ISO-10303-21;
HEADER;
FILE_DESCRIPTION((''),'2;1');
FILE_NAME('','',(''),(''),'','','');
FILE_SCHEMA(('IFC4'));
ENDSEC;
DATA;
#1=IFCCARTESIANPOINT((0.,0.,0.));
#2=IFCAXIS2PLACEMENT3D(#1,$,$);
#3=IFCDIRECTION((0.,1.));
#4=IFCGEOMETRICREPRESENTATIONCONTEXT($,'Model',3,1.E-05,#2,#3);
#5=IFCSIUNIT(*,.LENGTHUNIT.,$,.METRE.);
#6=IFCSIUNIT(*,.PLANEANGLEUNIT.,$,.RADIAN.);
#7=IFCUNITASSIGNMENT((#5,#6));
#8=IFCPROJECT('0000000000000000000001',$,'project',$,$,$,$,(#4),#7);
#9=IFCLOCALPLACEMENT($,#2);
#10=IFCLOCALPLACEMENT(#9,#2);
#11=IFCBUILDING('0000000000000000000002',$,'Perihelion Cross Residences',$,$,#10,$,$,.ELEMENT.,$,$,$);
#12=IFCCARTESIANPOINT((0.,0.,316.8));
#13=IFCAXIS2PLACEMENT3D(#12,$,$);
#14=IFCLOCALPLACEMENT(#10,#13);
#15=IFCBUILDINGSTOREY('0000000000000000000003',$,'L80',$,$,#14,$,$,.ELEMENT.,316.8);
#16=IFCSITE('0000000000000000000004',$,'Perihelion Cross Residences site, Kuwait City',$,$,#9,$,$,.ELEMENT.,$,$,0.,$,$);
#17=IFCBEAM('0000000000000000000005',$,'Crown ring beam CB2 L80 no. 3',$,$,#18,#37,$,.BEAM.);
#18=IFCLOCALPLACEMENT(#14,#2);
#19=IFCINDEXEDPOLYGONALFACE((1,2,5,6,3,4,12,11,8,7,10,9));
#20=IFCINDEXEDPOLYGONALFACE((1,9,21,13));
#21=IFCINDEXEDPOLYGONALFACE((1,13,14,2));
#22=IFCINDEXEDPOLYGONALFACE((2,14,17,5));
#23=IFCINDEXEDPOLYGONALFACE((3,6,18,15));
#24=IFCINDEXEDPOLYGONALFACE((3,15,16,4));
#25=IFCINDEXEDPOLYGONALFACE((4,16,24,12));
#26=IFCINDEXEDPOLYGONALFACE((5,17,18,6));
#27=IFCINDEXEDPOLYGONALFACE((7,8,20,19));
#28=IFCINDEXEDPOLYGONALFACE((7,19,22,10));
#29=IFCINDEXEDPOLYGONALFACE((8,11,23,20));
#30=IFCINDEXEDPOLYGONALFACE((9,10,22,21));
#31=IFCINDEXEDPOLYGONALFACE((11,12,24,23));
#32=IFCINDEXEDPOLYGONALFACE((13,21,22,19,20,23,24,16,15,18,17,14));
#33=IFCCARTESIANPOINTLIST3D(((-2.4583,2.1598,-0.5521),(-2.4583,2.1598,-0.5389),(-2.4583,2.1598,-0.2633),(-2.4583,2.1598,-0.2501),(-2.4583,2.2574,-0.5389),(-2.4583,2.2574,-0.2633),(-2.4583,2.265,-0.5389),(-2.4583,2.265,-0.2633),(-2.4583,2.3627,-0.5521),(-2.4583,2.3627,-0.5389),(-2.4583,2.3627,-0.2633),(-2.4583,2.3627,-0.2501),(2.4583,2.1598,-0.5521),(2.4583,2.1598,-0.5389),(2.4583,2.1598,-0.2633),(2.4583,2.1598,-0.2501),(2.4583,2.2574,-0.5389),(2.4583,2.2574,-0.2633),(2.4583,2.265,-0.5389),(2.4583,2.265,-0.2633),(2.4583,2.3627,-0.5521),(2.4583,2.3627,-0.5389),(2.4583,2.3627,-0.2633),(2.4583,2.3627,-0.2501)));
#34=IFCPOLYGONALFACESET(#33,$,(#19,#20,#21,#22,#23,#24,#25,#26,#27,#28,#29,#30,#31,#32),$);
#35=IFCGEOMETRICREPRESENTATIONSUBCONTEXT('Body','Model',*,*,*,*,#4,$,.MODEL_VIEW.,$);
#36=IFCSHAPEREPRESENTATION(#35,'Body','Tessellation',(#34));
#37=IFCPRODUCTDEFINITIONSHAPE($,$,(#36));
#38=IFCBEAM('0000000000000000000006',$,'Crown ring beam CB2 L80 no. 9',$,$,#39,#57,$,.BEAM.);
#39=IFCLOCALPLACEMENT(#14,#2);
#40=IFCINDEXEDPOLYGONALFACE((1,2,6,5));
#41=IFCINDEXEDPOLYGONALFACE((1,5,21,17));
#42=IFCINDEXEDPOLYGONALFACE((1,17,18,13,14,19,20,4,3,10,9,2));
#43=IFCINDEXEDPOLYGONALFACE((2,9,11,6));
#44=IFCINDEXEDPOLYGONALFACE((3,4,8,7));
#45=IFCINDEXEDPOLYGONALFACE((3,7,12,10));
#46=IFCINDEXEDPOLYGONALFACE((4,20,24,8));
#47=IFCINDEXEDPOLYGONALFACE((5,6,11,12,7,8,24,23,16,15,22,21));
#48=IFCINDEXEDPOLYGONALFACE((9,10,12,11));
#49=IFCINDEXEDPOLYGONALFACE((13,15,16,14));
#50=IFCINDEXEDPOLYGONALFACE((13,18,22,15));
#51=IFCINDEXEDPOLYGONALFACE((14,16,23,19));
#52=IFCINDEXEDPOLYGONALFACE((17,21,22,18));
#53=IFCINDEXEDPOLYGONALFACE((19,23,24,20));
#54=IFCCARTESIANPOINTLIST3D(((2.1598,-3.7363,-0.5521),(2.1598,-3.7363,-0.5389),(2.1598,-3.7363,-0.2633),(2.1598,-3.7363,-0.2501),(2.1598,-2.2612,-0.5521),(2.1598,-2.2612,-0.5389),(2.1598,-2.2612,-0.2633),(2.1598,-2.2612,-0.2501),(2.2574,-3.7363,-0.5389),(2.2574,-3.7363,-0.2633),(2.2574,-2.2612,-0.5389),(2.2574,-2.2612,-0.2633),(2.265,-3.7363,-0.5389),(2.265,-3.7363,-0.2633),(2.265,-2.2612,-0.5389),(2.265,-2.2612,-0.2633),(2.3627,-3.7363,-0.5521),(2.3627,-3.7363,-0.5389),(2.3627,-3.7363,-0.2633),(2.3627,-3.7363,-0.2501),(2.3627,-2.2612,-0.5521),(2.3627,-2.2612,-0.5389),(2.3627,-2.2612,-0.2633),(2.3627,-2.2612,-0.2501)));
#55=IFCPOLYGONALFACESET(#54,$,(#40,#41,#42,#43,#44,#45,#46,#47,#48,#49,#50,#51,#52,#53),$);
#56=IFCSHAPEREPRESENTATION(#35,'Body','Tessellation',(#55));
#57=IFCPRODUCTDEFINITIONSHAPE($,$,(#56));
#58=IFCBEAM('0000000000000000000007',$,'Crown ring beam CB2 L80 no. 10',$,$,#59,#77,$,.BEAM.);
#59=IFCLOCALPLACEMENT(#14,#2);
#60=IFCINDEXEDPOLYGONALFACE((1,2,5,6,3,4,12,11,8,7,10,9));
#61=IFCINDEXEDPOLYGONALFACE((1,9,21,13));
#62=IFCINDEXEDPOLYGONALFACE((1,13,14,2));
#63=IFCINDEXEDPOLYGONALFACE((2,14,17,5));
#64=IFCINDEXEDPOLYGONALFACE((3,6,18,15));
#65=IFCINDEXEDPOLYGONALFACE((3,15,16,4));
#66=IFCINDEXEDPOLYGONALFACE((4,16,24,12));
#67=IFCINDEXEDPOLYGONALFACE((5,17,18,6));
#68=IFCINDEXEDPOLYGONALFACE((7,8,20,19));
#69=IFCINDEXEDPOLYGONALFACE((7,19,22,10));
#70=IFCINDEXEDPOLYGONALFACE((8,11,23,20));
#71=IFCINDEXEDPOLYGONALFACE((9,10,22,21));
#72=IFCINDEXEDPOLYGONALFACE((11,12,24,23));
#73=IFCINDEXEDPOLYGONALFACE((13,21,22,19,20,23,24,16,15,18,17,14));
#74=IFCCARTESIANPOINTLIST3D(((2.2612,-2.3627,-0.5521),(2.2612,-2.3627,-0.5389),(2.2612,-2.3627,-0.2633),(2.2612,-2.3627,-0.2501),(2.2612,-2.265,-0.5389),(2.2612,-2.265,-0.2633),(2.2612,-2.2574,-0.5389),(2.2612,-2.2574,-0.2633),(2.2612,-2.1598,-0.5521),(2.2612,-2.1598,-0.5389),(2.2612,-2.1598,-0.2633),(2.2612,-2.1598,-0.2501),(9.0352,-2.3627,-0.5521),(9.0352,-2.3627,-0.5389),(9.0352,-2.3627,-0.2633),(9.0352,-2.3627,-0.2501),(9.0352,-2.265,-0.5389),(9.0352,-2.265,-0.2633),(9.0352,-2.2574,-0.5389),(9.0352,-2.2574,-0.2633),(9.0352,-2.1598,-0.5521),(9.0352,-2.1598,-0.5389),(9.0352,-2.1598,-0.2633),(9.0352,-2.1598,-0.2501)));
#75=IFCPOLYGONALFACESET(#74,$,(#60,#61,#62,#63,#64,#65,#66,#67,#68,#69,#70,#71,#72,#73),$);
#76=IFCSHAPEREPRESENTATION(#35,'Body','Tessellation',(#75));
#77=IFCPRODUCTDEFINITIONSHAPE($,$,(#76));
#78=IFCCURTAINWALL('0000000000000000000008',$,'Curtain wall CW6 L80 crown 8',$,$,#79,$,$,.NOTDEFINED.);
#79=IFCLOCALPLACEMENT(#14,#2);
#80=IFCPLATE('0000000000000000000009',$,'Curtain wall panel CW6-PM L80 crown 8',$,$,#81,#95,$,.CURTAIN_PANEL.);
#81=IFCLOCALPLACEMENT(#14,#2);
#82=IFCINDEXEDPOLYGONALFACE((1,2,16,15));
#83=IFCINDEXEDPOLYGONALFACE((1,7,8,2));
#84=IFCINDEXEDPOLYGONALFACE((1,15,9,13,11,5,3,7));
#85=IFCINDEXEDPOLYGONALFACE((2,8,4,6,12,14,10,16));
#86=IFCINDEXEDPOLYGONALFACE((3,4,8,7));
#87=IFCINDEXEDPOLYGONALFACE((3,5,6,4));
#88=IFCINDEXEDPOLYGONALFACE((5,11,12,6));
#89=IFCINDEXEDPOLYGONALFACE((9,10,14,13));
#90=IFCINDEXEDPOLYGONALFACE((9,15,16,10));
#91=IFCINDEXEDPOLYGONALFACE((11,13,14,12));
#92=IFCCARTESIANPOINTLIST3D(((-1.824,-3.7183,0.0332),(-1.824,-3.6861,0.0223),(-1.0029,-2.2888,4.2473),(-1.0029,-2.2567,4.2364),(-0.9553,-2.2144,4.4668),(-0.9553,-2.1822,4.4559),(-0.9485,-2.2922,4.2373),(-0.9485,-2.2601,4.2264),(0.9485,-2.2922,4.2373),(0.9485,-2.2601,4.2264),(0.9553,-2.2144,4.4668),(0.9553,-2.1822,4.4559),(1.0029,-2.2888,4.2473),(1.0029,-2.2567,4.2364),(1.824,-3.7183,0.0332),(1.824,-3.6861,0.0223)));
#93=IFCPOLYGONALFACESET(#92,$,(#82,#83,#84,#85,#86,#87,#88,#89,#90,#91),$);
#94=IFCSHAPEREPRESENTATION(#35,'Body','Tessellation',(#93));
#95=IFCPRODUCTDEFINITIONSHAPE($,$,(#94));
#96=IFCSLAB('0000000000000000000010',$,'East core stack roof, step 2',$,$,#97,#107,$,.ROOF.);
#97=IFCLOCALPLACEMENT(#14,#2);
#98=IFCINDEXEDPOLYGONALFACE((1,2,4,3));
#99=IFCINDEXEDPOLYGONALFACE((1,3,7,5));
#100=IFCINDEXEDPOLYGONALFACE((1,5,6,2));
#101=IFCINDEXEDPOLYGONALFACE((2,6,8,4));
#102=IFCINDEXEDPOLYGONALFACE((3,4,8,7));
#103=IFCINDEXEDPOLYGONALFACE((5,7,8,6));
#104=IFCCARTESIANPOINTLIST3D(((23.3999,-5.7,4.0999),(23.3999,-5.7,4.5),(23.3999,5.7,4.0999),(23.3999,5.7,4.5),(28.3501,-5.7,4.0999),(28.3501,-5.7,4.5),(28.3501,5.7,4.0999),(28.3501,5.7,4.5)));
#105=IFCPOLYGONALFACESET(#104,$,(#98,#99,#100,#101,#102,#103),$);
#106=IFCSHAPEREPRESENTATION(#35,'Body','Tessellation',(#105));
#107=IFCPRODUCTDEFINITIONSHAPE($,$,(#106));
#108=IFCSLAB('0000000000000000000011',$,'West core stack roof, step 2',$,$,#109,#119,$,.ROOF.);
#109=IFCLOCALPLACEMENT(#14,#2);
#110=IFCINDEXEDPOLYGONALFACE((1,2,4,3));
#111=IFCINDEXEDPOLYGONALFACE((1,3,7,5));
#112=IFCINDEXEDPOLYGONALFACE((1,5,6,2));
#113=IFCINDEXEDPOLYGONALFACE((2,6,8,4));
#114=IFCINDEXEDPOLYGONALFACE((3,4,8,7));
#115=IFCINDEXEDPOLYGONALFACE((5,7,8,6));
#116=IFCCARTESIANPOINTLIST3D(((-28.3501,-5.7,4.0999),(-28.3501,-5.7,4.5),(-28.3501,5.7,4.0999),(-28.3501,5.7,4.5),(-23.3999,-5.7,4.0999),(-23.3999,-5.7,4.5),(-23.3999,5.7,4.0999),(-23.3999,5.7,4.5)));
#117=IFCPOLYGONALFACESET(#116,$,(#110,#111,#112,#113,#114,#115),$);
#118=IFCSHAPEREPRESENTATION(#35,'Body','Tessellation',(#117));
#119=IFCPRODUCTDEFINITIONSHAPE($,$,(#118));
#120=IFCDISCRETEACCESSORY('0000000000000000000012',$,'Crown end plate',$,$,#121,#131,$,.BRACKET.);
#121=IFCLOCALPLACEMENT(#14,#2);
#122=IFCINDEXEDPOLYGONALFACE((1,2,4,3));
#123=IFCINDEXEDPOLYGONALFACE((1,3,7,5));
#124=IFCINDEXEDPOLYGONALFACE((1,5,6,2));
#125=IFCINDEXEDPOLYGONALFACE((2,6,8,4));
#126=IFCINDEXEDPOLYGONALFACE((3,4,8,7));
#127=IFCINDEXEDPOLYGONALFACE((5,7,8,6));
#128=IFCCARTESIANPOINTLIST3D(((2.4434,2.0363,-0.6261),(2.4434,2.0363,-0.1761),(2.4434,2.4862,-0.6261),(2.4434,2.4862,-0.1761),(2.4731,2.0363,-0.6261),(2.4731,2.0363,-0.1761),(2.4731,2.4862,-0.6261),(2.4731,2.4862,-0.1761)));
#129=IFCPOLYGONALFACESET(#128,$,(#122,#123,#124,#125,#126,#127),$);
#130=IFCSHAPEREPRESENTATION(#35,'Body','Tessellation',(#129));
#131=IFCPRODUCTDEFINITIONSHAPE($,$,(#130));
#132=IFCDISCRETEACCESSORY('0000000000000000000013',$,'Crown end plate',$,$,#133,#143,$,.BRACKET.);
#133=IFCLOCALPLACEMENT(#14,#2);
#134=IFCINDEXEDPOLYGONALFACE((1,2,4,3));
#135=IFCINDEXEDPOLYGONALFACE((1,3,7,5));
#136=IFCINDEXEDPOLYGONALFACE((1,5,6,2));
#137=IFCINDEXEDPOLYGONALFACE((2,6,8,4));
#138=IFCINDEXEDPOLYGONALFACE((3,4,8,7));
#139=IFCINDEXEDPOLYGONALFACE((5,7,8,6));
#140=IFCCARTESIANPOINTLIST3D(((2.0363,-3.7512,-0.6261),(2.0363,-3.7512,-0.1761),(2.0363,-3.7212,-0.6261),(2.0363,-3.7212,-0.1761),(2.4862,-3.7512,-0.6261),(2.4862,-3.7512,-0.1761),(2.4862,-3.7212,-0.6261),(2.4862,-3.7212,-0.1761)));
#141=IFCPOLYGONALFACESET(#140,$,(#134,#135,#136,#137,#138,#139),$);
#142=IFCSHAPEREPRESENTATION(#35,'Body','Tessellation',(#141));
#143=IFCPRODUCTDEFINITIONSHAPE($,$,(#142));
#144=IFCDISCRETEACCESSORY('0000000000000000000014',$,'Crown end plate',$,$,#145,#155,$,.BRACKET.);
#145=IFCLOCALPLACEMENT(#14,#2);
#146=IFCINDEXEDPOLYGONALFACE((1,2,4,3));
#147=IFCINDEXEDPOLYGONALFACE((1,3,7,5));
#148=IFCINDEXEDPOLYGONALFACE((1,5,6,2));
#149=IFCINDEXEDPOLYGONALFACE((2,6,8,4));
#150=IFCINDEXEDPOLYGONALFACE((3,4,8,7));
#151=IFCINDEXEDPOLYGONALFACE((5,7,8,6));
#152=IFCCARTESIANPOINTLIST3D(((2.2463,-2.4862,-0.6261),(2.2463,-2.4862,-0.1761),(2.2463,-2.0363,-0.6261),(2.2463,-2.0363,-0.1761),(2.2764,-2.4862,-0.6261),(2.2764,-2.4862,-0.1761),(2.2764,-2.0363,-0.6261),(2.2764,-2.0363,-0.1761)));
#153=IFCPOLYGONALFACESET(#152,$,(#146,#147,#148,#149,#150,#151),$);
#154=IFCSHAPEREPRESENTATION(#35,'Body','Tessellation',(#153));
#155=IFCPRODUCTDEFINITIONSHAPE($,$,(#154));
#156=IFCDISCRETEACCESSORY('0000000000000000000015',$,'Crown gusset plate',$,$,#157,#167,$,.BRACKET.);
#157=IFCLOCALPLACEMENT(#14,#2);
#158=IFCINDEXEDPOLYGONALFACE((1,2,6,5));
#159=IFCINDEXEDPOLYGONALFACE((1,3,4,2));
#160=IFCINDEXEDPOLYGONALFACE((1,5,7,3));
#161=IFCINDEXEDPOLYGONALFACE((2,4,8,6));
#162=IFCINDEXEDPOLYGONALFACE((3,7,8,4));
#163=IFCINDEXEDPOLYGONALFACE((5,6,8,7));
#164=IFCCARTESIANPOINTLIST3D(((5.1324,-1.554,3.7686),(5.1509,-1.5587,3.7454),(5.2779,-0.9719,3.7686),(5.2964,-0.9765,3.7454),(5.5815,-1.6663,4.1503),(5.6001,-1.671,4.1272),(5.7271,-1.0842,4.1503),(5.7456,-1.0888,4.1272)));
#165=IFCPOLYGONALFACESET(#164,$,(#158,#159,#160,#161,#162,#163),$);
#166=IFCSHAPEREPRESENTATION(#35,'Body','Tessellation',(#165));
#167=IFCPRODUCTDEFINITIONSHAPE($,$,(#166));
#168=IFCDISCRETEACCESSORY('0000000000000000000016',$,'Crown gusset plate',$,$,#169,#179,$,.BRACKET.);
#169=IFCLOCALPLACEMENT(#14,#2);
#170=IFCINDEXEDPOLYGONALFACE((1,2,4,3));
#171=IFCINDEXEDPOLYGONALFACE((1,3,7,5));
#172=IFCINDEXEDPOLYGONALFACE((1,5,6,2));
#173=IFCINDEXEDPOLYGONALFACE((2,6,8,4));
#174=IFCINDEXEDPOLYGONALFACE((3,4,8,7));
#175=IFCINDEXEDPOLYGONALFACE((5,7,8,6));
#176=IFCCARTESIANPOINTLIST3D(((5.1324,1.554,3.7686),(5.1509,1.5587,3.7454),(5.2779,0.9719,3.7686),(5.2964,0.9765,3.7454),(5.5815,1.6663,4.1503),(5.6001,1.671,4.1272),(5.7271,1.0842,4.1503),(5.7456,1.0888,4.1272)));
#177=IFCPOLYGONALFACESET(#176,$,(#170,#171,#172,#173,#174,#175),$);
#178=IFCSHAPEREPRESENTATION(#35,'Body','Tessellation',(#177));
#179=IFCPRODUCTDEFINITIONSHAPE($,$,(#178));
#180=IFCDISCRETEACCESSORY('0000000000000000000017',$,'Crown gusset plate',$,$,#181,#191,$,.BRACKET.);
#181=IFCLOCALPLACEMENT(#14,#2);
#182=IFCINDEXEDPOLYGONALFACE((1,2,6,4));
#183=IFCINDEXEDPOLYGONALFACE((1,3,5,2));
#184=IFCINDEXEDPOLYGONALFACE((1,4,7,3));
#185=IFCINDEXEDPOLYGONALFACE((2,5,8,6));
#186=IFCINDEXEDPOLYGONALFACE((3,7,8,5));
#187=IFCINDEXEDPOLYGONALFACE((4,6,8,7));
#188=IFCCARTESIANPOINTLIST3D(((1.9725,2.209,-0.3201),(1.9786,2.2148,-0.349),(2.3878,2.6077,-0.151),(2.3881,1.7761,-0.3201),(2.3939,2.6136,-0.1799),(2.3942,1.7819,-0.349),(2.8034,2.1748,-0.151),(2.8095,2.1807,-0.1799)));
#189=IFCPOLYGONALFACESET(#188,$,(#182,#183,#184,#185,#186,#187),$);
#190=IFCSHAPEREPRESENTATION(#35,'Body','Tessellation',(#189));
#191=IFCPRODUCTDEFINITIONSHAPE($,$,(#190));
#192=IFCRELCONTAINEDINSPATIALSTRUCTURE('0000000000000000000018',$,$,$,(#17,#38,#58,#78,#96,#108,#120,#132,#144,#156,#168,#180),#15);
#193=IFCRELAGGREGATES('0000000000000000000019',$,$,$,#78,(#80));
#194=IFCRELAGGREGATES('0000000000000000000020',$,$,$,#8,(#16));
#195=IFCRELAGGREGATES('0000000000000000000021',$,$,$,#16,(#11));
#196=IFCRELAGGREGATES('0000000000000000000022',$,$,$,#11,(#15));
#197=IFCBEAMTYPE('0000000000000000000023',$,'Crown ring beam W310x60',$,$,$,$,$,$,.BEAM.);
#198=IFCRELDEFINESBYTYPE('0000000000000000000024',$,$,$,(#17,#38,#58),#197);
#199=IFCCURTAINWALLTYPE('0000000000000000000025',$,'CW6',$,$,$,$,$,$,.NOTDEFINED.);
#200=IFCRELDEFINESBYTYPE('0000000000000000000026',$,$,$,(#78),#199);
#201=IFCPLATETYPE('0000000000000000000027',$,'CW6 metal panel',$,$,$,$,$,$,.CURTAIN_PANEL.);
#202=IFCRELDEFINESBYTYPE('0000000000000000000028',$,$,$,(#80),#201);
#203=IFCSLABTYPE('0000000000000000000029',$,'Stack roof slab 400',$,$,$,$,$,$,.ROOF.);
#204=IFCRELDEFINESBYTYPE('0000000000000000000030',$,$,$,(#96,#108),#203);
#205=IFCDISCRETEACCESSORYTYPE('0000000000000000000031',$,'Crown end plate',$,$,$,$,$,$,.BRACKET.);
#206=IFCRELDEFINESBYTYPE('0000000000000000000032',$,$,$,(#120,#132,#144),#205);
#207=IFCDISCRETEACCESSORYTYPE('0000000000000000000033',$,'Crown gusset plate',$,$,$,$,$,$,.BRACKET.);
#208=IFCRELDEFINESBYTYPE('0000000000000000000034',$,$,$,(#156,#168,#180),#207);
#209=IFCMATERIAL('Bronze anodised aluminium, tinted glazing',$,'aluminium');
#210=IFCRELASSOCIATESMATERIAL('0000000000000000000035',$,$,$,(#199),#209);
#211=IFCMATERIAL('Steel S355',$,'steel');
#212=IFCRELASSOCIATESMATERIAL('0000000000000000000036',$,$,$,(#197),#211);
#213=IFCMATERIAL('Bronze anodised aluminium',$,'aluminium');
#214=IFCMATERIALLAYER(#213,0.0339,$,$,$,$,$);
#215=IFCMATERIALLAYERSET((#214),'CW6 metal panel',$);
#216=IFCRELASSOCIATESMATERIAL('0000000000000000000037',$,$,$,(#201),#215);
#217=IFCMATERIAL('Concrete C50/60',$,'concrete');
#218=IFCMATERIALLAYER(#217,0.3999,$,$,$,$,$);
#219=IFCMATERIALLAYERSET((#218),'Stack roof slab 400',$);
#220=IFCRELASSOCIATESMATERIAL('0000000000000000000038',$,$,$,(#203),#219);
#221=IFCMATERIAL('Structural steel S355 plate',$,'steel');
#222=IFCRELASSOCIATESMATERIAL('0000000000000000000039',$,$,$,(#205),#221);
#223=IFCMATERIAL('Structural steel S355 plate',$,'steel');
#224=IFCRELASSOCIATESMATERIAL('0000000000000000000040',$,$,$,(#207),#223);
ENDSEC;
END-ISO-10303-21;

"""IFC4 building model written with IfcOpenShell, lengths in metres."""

from ifc_helpers import new_model, si_unit, direction, frame, origin, origin_2d, place, context, subcontext, project, spatial, polyline, rectangle, i_section, outline, extrude, material, layer, layer_set, material_profile, profile_set, type_object, element, aggregate, save


model = new_model("IFC4")

# Units and contexts
model_context = context("Model", 3, precision=1e-05, world=origin(), true_north=direction((0.0, 1.0)))
body_context = subcontext(model_context, "Body", "Model", "MODEL_VIEW")
ifc_project = project(units=[si_unit("LENGTHUNIT", "METRE"), si_unit("PLANEANGLEUNIT", "RADIAN")], contexts=[model_context])

# Site, building, storey
site_placement = place(None, origin())
site = spatial("IfcSite", under=ifc_project, at=site_placement, Name="Perihelion Cross Residences site, Kuwait City", CompositionType="ELEMENT", RefElevation=0.0)
building_placement = place(site_placement, origin())
building = spatial("IfcBuilding", under=site, at=building_placement, Name="Perihelion Cross Residences", CompositionType="ELEMENT")
storey_placement = place(building_placement, frame((0.0, 0.0, 316.8)))
storey = spatial("IfcBuildingStorey", under=building, at=storey_placement, Name="L80", CompositionType="ELEMENT", Elevation=316.8)

# Shared definitions
ifc_material_1 = material(Name="Bronze anodised aluminium, tinted glazing", Category="aluminium")
curtain_wall_type = type_object("IfcCurtainWallType", Name="CW6", PredefinedType="NOTDEFINED", material=ifc_material_1)

# Beams
ifc_material_2 = material(Name="Steel S355", Category="steel")
ifc_material_profile_1 = material_profile(ifc_material_2, i_section(OverallWidth=0.2029, OverallDepth=0.302, WebThickness=0.0076, FlangeThickness=0.0132, at=origin_2d()), Name="W310x60")
ifc_profile_set_1 = profile_set([ifc_material_profile_1], Name="Steel S355")
beam_type = type_object("IfcBeamType", Name="Crown ring beam W310x60", PredefinedType="BEAM", material=ifc_profile_set_1)
beam_1_placement = place(storey_placement, frame((2.4583, 2.2612, -0.4011), z_axis=(-1.0, 0.0, 0.0), x_axis=(0.0, -1.0, 0.0)))
element("IfcBeam", 1, at=beam_1_placement, inside=storey, type_object=beam_type, Name="Crown ring beam CB2 L80 no. 3", PredefinedType="BEAM", context=body_context, shape_type="SweptSolid", body=[
    extrude(i_section(OverallWidth=0.2029, OverallDepth=0.302, WebThickness=0.0076, FlangeThickness=0.0132, at=origin_2d()), origin(), (0.0, 0.0, 1.0), 4.9165),
])
beam_2_placement = place(storey_placement, frame((2.2612, -3.7363, -0.4011), z_axis=(0.0, 1.0, 0.0), x_axis=(-1.0, 0.0, 0.0)))
element("IfcBeam", 2, at=beam_2_placement, inside=storey, type_object=beam_type, Name="Crown ring beam CB2 L80 no. 9", PredefinedType="BEAM", context=body_context, shape_type="SweptSolid", body=[
    extrude(i_section(OverallWidth=0.2029, OverallDepth=0.302, WebThickness=0.0076, FlangeThickness=0.0132, at=origin_2d()), origin(), (0.0, 0.0, 1.0), 1.4751),
])
beam_3_placement = place(storey_placement, frame((2.2612, -2.2612, -0.4011), z_axis=(1.0, 0.0, 0.0), x_axis=(0.0, 1.0, 0.0)))
element("IfcBeam", 3, at=beam_3_placement, inside=storey, type_object=beam_type, Name="Crown ring beam CB2 L80 no. 10", PredefinedType="BEAM", context=body_context, shape_type="SweptSolid", body=[
    extrude(i_section(OverallWidth=0.2029, OverallDepth=0.302, WebThickness=0.0076, FlangeThickness=0.0132, at=origin_2d()), origin(), (0.0, 0.0, 1.0), 6.7739),
])

# Curtain wall, plate
curtain_wall_1_placement = place(storey_placement, origin())
curtain_wall_1 = element("IfcCurtainWall", 4, at=curtain_wall_1_placement, inside=storey, type_object=curtain_wall_type, Name="Curtain wall CW6 L80 crown 8", PredefinedType="NOTDEFINED")
ifc_material_3 = material(Name="Bronze anodised aluminium", Category="aluminium")
ifc_layer_1 = layer(ifc_material_3, 0.0339)
ifc_layer_set_1 = layer_set([ifc_layer_1], Name="CW6 metal panel")
plate_type_1 = type_object("IfcPlateType", Name="CW6 metal panel", PredefinedType="CURTAIN_PANEL", material=ifc_layer_set_1)
plate_1_placement = place(storey_placement, frame((0.9553, -2.2144, 4.4668), z_axis=(0.0, -0.947002, 0.321227), x_axis=(0.201207, -0.314658, -0.927635)))
plate_1 = element("IfcPlate", 5, at=plate_1_placement, type_object=plate_type_1, Name="Curtain wall panel CW6-PM L80 crown 8", PredefinedType="CURTAIN_PANEL", context=body_context, shape_type="SweptSolid", body=[
    extrude(outline(polyline([(0.0, 0.0), (0.2366, 0.0), (0.236, -0.0555), (4.7608, -0.0911), (4.0268, -3.6645), (-0.1457, -1.9136), (-0.167, -1.9648), (-0.3844, -1.8716), (0.0, 0.0)])), origin(), (0.0, 0.0, -1.0), 0.0339),
])
aggregate(curtain_wall_1, [plate_1])

# Slabs
ifc_material_4 = material(Name="Concrete C50/60", Category="concrete")
ifc_layer_2 = layer(ifc_material_4, 0.3999)
ifc_layer_set_2 = layer_set([ifc_layer_2], Name="Stack roof slab 400")
slab_type = type_object("IfcSlabType", Name="Stack roof slab 400", PredefinedType="ROOF", material=ifc_layer_set_2)
slab_1_placement = place(storey_placement, frame((0.0, 0.0, 4.0999)))
element("IfcSlab", 6, at=slab_1_placement, inside=storey, type_object=slab_type, Name="East core stack roof, step 2", PredefinedType="ROOF", context=body_context, shape_type="SweptSolid", body=[
    extrude(outline(polyline([(23.3999, -5.7), (28.3501, -5.7), (28.3501, 5.7), (23.3999, 5.7), (23.3999, -5.7)])), origin(), (0.0, 0.0, 1.0), 0.4001),
])
slab_2_placement = place(storey_placement, frame((0.0, 0.0, 4.0999)))
element("IfcSlab", 7, at=slab_2_placement, inside=storey, type_object=slab_type, Name="West core stack roof, step 2", PredefinedType="ROOF", context=body_context, shape_type="SweptSolid", body=[
    extrude(outline(polyline([(-23.3999, 5.7), (-28.3501, 5.7), (-28.3501, -5.7), (-23.3999, -5.7), (-23.3999, 5.7)])), origin(), (0.0, 0.0, 1.0), 0.4001),
])

# Discrete accessories
ifc_material_5 = material(Name="Structural steel S355 plate", Category="steel")
ifc_material_profile_2 = material_profile(ifc_material_5, rectangle(XDim=0.45, YDim=0.45, at=origin_2d()), Name="Crown end plate")
ifc_profile_set_2 = profile_set([ifc_material_profile_2], Name="Structural steel S355 plate")
discrete_accessory_type_1 = type_object("IfcDiscreteAccessoryType", Name="Crown end plate", PredefinedType="BRACKET", material=ifc_profile_set_2)
discrete_accessory_1_placement = place(storey_placement, frame((2.4731, 2.2612, -0.4011), z_axis=(-1.0, 0.0, 0.0), x_axis=(0.0, -1.0, 0.0)))
element("IfcDiscreteAccessory", 8, at=discrete_accessory_1_placement, inside=storey, type_object=discrete_accessory_type_1, Name="Crown end plate", PredefinedType="BRACKET", context=body_context, shape_type="SweptSolid", body=[
    extrude(rectangle(XDim=0.45, YDim=0.45, at=origin_2d()), origin(), (0.0, 0.0, 1.0), 0.0298),
])
for number, where, z_axis, x_axis, name in (
    (9, (2.2612, -3.7512, -0.4011), (0.0, 1.0, 0.0), (-1.0, 0.0, 0.0), "Crown end plate"),
    (10, (2.2463, -2.2612, -0.4011), (1.0, 0.0, 0.0), (0.0, 1.0, 0.0), "Crown end plate"),
):
    element("IfcDiscreteAccessory", number, at=place(storey_placement, frame(where, z_axis=z_axis, x_axis=x_axis)), inside=storey, type_object=discrete_accessory_type_1, Name=name, PredefinedType="BRACKET", context=body_context, shape_type="SweptSolid", body=[
        extrude(rectangle(XDim=0.45, YDim=0.45, at=origin_2d()), origin(), (0.0, 0.0, 1.0), 0.03),
    ])
ifc_material_6 = material(Name="Structural steel S355 plate", Category="steel")
ifc_material_profile_3 = material_profile(ifc_material_6, rectangle(XDim=0.6001, YDim=0.6001, at=origin_2d()), Name="Crown gusset plate")
ifc_profile_set_3 = profile_set([ifc_material_profile_3], Name="Structural steel S355 plate")
discrete_accessory_type_2 = type_object("IfcDiscreteAccessoryType", Name="Crown gusset plate", PredefinedType="BRACKET", material=ifc_profile_set_3)
for number, where, z_axis, x_axis, name in (
    (11, (5.4482, -1.3237, 3.9363), (-0.617213, 0.154303, 0.771517), (-0.242536, -0.970143, 0.0), "Crown gusset plate"),
    (12, (5.4482, 1.3237, 3.9363), (-0.617213, -0.154303, 0.771517), (0.242536, -0.970143, 0.0), "Crown gusset plate"),
    (13, (2.394, 2.1978, -0.2644), (-0.203279, -0.195148, 0.959476), (0.692532, -0.721387, 0.0), "Crown gusset plate"),
):
    element("IfcDiscreteAccessory", number, at=place(storey_placement, frame(where, z_axis=z_axis, x_axis=x_axis)), inside=storey, type_object=discrete_accessory_type_2, Name=name, PredefinedType="BRACKET", context=body_context, shape_type="SweptSolid", body=[
        extrude(rectangle(XDim=0.6001, YDim=0.6001, at=origin_2d()), origin(), (0.0, 0.0, 1.0), 0.03),
    ])

save(model, "model.ifc")
